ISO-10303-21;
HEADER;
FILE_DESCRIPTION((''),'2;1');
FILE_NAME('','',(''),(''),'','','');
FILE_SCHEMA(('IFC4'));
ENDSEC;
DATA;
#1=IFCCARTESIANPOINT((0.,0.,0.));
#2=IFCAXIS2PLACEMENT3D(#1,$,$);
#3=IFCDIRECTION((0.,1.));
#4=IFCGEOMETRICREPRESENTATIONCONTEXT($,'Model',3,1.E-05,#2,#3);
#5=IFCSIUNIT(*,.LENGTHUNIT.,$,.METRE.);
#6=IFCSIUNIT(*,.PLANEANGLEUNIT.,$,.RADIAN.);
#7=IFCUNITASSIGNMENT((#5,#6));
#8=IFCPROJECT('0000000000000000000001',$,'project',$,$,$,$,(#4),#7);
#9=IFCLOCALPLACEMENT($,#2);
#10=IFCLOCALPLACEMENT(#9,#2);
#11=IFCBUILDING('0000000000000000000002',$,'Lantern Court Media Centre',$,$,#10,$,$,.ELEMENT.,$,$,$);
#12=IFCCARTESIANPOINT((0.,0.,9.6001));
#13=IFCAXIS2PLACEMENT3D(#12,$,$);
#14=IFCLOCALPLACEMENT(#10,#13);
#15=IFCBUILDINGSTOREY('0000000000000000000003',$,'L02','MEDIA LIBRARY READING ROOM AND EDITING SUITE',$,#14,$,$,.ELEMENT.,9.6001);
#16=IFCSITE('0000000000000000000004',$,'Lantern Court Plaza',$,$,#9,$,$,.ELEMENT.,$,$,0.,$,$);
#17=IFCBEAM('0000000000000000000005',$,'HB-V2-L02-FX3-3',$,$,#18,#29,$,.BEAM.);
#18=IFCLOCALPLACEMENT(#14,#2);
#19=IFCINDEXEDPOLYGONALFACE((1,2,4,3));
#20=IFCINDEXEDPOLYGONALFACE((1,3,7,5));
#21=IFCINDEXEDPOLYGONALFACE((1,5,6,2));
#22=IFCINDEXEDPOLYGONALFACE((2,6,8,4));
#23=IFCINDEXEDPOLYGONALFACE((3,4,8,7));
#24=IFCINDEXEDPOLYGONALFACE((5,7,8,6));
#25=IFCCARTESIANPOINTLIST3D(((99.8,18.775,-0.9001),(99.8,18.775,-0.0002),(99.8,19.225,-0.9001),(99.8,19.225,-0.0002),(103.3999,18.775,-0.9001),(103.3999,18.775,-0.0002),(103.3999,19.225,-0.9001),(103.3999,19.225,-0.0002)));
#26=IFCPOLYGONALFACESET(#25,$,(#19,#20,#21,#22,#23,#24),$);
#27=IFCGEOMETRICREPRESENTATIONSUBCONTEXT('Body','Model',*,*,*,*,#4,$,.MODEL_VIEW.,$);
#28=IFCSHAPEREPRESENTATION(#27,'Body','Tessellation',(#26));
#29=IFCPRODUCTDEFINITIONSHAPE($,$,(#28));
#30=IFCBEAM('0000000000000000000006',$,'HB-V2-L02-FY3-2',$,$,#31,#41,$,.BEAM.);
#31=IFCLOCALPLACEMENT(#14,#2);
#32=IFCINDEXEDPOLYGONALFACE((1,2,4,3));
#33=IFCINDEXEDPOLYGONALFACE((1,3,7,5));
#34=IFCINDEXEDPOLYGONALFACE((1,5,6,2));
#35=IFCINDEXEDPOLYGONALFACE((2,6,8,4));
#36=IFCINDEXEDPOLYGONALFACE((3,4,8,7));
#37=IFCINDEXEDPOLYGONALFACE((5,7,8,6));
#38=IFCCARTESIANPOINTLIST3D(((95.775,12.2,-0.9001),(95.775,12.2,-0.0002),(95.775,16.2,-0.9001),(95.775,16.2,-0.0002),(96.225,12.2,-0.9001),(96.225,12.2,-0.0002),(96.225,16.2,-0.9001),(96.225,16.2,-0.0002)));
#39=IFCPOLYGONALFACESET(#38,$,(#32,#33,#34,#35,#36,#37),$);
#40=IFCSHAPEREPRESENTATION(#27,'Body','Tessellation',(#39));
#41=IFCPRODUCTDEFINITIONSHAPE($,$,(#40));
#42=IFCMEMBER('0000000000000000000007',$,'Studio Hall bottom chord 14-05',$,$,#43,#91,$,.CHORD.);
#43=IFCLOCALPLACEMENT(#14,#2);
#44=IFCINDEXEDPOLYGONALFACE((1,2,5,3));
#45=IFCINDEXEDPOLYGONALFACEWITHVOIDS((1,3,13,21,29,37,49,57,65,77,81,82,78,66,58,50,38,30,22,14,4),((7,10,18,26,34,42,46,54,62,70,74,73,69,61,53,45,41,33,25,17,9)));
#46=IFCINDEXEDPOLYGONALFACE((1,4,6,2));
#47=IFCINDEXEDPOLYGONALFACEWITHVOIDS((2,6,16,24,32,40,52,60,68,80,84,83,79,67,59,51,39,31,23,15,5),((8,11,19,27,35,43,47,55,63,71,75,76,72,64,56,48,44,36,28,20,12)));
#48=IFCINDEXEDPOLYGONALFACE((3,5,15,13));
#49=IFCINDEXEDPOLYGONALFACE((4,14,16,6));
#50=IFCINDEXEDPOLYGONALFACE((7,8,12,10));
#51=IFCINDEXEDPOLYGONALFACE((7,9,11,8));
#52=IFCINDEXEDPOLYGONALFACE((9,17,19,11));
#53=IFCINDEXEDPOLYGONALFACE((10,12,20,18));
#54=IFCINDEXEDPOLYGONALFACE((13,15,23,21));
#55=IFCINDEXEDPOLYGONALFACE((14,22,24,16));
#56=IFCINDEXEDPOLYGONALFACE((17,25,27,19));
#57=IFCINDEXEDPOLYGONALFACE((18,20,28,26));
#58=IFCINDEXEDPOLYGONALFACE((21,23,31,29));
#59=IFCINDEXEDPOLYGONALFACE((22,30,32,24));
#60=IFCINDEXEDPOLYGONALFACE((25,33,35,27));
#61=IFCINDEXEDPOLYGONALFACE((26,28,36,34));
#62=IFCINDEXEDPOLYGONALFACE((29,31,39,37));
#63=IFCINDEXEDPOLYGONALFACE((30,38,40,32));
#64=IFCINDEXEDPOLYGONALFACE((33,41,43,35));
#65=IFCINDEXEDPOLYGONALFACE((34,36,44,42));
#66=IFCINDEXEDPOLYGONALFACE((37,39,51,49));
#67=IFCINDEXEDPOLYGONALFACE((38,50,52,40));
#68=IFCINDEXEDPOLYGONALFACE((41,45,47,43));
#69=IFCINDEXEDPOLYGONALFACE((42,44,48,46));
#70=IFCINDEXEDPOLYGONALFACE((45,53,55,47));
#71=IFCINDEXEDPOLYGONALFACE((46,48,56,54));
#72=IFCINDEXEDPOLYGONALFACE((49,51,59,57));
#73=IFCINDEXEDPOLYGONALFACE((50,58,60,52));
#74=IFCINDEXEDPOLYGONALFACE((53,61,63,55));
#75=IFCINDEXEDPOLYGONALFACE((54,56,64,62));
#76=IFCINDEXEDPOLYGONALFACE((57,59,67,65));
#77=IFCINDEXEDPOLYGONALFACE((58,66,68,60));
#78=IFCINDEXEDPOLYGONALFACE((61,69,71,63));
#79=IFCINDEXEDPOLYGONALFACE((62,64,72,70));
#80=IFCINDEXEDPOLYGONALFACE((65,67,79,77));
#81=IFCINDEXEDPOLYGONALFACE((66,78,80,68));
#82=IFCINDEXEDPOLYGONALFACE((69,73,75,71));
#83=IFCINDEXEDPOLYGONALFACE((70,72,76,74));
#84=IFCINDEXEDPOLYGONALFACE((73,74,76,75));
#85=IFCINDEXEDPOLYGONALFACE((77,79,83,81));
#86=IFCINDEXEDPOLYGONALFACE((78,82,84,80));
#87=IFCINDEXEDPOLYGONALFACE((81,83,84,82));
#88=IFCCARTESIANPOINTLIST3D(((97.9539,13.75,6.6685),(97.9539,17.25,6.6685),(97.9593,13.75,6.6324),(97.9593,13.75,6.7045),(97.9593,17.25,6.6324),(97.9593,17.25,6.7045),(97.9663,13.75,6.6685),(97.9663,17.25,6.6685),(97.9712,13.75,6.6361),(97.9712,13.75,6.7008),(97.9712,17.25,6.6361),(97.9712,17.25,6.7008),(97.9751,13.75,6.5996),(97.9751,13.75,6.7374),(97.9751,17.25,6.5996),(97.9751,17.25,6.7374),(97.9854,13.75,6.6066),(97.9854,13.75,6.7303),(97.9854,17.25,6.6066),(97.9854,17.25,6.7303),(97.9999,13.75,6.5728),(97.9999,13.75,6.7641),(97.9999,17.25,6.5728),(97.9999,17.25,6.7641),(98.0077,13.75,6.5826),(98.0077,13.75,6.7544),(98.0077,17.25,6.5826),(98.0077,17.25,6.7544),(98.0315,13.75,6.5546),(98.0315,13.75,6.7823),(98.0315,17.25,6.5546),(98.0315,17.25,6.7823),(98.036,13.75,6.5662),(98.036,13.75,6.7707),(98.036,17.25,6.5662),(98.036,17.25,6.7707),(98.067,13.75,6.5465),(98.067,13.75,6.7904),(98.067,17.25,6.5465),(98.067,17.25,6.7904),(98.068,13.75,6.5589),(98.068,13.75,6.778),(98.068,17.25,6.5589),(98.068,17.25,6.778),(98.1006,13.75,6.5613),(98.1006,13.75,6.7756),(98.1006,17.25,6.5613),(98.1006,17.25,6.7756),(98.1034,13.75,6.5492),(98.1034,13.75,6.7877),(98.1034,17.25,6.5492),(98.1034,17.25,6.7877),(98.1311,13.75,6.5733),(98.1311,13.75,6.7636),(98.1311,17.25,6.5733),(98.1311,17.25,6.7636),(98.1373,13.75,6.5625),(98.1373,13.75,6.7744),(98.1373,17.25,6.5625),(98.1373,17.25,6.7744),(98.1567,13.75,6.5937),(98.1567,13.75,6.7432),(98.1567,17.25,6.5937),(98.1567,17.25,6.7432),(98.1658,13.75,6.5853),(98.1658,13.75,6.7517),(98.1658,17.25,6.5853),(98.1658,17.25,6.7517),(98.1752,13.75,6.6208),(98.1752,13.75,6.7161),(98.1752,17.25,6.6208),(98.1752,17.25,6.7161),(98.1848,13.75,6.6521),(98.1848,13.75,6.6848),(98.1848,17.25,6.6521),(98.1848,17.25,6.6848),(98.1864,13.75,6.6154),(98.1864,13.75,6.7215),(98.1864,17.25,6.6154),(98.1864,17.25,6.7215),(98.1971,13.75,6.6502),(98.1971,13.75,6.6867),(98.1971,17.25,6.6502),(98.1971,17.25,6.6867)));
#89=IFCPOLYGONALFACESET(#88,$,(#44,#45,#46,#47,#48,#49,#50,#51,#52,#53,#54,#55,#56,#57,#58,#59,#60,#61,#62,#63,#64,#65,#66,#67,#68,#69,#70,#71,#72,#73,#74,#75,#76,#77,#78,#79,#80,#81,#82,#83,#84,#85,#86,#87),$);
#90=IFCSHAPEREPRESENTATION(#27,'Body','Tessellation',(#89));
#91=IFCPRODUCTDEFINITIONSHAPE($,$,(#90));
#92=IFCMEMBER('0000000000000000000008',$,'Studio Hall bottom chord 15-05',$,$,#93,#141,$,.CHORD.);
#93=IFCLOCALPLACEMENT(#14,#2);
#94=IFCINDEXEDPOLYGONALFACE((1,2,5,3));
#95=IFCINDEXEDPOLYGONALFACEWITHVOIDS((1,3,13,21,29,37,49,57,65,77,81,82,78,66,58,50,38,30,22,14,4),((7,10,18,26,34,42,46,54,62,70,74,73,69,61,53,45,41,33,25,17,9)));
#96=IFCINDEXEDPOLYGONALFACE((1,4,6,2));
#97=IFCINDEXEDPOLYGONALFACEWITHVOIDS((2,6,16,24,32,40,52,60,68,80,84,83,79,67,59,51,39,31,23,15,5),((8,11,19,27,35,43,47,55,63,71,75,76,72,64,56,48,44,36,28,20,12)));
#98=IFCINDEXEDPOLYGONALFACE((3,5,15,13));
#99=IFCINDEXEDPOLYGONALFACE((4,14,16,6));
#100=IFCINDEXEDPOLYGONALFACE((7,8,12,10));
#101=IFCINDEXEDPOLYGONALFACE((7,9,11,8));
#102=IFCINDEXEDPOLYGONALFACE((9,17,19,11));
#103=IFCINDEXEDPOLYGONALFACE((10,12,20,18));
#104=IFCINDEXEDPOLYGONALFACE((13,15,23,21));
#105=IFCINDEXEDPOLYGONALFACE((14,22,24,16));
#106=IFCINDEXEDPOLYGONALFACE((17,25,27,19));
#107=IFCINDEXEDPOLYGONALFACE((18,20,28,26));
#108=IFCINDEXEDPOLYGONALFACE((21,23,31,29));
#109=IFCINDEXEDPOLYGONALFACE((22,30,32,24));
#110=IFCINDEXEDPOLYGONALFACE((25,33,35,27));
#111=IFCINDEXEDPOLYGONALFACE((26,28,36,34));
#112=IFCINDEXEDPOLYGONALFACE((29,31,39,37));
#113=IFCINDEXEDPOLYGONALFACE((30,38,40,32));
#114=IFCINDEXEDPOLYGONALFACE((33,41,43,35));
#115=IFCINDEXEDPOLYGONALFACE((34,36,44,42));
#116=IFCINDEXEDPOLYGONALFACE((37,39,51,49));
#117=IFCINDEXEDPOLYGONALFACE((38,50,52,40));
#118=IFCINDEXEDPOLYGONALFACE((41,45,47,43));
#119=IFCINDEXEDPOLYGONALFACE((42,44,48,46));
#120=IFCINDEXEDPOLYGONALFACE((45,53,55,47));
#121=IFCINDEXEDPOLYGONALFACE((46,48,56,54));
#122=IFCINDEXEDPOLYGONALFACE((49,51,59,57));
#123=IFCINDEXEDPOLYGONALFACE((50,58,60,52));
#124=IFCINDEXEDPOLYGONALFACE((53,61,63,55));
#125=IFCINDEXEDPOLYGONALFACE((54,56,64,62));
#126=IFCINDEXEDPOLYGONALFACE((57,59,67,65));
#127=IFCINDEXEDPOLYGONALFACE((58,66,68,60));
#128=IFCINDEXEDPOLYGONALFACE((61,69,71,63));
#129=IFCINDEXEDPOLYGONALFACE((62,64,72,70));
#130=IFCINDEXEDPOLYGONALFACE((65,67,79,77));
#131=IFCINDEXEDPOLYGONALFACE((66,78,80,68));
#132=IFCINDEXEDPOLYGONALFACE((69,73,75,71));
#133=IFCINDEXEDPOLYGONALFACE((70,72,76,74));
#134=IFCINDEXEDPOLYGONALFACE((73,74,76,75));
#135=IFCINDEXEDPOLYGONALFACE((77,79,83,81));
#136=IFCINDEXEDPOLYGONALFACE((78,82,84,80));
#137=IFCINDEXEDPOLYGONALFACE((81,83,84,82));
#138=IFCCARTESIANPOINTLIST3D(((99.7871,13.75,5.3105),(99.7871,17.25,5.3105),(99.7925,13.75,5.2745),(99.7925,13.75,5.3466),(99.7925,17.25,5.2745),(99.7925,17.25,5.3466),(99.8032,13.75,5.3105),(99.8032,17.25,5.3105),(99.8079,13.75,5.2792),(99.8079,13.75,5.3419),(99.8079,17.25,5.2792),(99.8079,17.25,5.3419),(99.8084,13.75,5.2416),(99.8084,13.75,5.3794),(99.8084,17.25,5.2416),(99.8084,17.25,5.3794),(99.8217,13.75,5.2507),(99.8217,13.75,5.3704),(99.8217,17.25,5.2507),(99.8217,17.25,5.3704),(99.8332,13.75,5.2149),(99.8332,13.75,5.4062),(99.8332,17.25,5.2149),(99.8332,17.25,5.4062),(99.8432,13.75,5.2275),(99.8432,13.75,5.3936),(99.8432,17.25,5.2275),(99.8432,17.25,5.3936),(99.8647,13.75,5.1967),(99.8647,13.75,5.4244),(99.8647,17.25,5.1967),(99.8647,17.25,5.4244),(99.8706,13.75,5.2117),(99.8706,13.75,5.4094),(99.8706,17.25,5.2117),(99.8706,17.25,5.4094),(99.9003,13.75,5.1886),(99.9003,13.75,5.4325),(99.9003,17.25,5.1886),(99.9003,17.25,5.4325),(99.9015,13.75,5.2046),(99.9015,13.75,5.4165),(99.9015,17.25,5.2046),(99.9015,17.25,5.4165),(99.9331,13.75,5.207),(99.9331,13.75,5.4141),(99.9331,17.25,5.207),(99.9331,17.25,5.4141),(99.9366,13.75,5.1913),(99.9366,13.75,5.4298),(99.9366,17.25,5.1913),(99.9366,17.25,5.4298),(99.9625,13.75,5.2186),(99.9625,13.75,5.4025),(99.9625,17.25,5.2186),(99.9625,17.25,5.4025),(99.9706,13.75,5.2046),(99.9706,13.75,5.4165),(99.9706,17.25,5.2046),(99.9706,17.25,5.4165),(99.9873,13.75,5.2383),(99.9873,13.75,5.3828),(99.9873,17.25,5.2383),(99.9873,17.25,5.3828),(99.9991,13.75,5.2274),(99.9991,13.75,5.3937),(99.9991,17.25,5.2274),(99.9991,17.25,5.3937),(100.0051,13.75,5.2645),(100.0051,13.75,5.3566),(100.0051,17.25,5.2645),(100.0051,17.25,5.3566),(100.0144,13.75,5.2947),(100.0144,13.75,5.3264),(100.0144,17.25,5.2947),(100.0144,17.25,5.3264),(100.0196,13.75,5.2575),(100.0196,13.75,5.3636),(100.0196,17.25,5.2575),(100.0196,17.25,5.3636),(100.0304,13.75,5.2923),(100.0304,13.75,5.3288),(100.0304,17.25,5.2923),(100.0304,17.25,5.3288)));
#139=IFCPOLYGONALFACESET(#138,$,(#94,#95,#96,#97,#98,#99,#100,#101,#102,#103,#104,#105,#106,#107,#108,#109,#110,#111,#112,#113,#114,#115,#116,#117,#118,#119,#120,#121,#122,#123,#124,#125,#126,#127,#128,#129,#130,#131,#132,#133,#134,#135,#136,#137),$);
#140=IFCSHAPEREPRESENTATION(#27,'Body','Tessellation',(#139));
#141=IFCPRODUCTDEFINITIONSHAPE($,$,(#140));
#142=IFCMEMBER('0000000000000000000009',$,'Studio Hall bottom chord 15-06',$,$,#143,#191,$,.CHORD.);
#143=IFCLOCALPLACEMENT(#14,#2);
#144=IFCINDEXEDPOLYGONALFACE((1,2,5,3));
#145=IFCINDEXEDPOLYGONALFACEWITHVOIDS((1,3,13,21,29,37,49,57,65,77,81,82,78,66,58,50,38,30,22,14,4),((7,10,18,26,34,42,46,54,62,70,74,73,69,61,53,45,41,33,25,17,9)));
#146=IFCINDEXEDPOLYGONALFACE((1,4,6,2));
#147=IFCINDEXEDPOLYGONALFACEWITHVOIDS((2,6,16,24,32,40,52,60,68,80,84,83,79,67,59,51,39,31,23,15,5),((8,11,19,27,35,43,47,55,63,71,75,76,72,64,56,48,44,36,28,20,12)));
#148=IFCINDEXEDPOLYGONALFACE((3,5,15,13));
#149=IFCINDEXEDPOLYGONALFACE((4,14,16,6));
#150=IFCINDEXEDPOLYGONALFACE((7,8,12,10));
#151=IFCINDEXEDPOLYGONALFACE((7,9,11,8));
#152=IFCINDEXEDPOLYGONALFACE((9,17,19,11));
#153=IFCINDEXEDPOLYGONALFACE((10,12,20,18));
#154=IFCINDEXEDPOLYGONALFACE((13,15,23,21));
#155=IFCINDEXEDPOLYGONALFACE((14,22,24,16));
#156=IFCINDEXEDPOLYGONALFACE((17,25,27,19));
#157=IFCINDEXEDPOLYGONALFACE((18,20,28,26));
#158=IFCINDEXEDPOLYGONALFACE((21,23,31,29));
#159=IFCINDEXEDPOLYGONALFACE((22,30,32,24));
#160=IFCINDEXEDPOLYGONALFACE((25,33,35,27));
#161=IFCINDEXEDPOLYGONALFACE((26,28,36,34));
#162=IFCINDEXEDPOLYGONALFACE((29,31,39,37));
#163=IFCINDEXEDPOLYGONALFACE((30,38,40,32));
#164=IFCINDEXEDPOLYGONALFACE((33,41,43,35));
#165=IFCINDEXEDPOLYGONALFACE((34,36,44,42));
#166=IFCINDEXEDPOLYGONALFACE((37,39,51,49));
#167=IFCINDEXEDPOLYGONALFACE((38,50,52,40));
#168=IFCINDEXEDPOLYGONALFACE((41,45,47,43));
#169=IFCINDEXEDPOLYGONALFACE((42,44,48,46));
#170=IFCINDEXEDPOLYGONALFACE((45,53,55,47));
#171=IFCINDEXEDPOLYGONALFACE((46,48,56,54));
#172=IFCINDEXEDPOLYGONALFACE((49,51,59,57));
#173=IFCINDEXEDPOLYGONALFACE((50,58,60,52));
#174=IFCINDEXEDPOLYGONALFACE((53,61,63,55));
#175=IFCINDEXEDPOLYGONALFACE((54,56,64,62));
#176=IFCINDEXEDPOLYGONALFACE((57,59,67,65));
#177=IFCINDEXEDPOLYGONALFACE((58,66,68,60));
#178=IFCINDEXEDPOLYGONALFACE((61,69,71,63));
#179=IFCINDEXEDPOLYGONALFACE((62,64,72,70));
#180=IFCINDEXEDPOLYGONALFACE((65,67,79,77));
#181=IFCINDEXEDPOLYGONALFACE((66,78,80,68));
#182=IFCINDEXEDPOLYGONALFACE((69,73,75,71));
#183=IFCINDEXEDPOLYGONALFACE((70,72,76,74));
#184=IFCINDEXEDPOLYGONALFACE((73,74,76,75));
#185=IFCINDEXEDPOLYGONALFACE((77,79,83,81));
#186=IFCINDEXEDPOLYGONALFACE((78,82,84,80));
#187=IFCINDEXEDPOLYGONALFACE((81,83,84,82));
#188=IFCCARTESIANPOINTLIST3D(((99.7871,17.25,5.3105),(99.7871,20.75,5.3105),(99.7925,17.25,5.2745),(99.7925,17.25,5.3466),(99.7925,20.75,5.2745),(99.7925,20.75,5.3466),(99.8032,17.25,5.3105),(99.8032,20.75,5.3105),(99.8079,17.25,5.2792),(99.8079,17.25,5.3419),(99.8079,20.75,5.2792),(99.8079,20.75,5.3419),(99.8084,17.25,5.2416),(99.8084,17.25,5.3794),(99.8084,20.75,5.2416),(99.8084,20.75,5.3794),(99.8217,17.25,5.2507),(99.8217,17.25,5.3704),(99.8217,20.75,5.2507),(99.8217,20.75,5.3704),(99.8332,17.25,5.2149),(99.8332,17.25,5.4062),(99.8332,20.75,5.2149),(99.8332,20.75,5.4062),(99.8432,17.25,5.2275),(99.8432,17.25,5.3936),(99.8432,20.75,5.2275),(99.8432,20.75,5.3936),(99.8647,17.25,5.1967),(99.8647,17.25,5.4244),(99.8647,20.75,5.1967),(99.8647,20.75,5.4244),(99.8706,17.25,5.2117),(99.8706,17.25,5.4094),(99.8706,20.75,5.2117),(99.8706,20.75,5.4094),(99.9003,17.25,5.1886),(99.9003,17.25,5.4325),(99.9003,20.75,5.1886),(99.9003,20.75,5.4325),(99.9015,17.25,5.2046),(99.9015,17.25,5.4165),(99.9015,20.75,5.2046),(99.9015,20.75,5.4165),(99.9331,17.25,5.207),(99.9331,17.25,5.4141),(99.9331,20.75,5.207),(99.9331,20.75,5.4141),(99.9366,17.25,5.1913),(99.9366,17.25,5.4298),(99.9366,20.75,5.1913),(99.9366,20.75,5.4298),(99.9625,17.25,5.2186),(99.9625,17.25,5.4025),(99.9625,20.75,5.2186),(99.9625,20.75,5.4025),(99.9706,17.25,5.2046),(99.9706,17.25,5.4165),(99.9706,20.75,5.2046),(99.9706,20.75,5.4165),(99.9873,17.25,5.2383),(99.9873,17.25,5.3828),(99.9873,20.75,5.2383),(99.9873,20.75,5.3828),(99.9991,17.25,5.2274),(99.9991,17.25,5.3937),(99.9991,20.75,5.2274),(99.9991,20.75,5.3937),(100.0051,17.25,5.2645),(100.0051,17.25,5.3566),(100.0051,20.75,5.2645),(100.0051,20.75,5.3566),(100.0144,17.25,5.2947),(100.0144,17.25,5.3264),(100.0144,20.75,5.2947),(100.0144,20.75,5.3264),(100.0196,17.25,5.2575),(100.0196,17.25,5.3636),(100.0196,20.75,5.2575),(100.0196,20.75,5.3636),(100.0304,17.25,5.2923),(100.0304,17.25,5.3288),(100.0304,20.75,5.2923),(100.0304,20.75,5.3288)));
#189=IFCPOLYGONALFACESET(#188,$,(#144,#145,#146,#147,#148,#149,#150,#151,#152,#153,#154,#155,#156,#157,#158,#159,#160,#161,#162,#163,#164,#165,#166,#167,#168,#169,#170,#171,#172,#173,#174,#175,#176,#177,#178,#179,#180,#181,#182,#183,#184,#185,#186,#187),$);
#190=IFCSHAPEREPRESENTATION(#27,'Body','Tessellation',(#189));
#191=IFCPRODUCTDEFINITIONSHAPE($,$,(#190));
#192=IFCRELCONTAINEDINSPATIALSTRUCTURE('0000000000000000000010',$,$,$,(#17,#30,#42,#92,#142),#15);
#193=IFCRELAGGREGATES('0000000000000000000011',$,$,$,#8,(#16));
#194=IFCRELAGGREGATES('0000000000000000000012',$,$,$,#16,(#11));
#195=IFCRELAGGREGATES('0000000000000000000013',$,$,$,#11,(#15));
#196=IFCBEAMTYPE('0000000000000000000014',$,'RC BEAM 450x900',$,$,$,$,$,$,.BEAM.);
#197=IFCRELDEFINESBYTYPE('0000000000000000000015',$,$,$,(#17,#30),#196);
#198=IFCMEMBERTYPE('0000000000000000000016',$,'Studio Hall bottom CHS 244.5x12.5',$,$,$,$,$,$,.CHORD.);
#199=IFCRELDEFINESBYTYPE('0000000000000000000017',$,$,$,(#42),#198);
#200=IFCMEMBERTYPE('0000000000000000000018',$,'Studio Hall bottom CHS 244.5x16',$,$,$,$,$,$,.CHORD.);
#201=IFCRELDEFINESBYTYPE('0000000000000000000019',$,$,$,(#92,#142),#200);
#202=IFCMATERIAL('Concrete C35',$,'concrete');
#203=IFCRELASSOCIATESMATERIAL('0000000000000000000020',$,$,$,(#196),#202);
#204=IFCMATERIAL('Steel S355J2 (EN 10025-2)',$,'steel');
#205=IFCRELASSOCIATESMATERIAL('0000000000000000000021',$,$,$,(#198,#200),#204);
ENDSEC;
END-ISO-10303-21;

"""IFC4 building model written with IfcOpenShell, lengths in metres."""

from ifc_helpers import new_model, si_unit, direction, frame, origin, origin_2d, place, context, subcontext, project, spatial, rectangle, hollow_circle, extrude, material, material_profile, profile_set, type_object, element, save


model = new_model("IFC4")

# Units and contexts
model_context = context("Model", 3, precision=1e-05, world=origin(), true_north=direction((0.0, 1.0)))
body_context = subcontext(model_context, "Body", "Model", "MODEL_VIEW")
ifc_project = project(units=[si_unit("LENGTHUNIT", "METRE"), si_unit("PLANEANGLEUNIT", "RADIAN")], contexts=[model_context])

# Site, building, storey
site_placement = place(None, origin())
site = spatial("IfcSite", under=ifc_project, at=site_placement, Name="Lantern Court Plaza", CompositionType="ELEMENT", RefElevation=0.0)
building_placement = place(site_placement, origin())
building = spatial("IfcBuilding", under=site, at=building_placement, Name="Lantern Court Media Centre", CompositionType="ELEMENT")
storey_placement = place(building_placement, frame((0.0, 0.0, 9.6001)))
storey = spatial("IfcBuildingStorey", under=building, at=storey_placement, Name="L02", Description="MEDIA LIBRARY READING ROOM AND EDITING SUITE", CompositionType="ELEMENT", Elevation=9.6001)

# Beams
ifc_material_1 = material(Name="Concrete C35", Category="concrete")
ifc_material_profile_1 = material_profile(ifc_material_1, rectangle(XDim=0.45, YDim=0.8999, at=origin_2d()), Name="RC 450x900")
ifc_profile_set_1 = profile_set([ifc_material_profile_1], Name="Concrete C35")
beam_type = type_object("IfcBeamType", Name="RC BEAM 450x900", PredefinedType="BEAM", material=ifc_profile_set_1)
beam_1_placement = place(storey_placement, frame((99.8, 19.0, -0.4502), z_axis=(1.0, 0.0, 0.0), x_axis=(0.0, 1.0, 0.0)))
element("IfcBeam", 1, at=beam_1_placement, inside=storey, type_object=beam_type, Name="HB-V2-L02-FX3-3", PredefinedType="BEAM", context=body_context, shape_type="SweptSolid", body=[
    extrude(rectangle(XDim=0.45, YDim=0.8999, at=origin_2d()), origin(), (0.0, 0.0, 1.0), 3.5999),
])
beam_2_placement = place(storey_placement, frame((96.0, 12.2, -0.4502), z_axis=(0.0, 1.0, 0.0), x_axis=(-1.0, 0.0, 0.0)))
element("IfcBeam", 2, at=beam_2_placement, inside=storey, type_object=beam_type, Name="HB-V2-L02-FY3-2", PredefinedType="BEAM", context=body_context, shape_type="SweptSolid", body=[
    extrude(rectangle(XDim=0.45, YDim=0.8999, at=origin_2d()), origin(), (0.0, 0.0, 1.0), 4.0),
])

# Members
ifc_material_2 = material(Name="Steel S355J2 (EN 10025-2)", Category="steel")
ifc_material_profile_2 = material_profile(ifc_material_2, hollow_circle(Radius=0.1223, WallThickness=0.0125, at=origin_2d()), Name="Studio Hall bottom CHS 244.5x12.5")
ifc_profile_set_2 = profile_set([ifc_material_profile_2], Name="Steel S355J2 (EN 10025-2)")
member_type_1 = type_object("IfcMemberType", Name="Studio Hall bottom CHS 244.5x12.5", PredefinedType="CHORD", material=ifc_profile_set_2)
member_1_placement = place(storey_placement, frame((98.0762, 13.75, 6.6685), z_axis=(0.0, 1.0, 0.0), x_axis=(-1.0, 0.0, 0.0)))
element("IfcMember", 3, at=member_1_placement, inside=storey, type_object=member_type_1, Name="Studio Hall bottom chord 14-05", PredefinedType="CHORD", context=body_context, shape_type="SweptSolid", body=[
    extrude(hollow_circle(Radius=0.1223, WallThickness=0.0125, at=origin_2d()), origin(), (0.0, 0.0, 1.0), 3.5),
])
ifc_material_profile_3 = material_profile(ifc_material_2, hollow_circle(Radius=0.1223, WallThickness=0.0161, at=origin_2d()), Name="Studio Hall bottom CHS 244.5x16")
ifc_profile_set_3 = profile_set([ifc_material_profile_3], Name="Steel S355J2 (EN 10025-2)")
member_type_2 = type_object("IfcMemberType", Name="Studio Hall bottom CHS 244.5x16", PredefinedType="CHORD", material=ifc_profile_set_3)
for number, where, z_axis, x_axis, name in (
    (4, (99.9094, 13.75, 5.3105), (0.0, 1.0, 0.0), (-1.0, 0.0, 0.0), "Studio Hall bottom chord 15-05"),
    (5, (99.9094, 17.25, 5.3105), (0.0, 1.0, 0.0), (-1.0, 0.0, 0.0), "Studio Hall bottom chord 15-06"),
):
    element("IfcMember", number, at=place(storey_placement, frame(where, z_axis=z_axis, x_axis=x_axis)), inside=storey, type_object=member_type_2, Name=name, PredefinedType="CHORD", context=body_context, shape_type="SweptSolid", body=[
        extrude(hollow_circle(Radius=0.1223, WallThickness=0.0161, at=origin_2d()), origin(), (0.0, 0.0, 1.0), 3.5),
    ])

save(model, "model.ifc")
